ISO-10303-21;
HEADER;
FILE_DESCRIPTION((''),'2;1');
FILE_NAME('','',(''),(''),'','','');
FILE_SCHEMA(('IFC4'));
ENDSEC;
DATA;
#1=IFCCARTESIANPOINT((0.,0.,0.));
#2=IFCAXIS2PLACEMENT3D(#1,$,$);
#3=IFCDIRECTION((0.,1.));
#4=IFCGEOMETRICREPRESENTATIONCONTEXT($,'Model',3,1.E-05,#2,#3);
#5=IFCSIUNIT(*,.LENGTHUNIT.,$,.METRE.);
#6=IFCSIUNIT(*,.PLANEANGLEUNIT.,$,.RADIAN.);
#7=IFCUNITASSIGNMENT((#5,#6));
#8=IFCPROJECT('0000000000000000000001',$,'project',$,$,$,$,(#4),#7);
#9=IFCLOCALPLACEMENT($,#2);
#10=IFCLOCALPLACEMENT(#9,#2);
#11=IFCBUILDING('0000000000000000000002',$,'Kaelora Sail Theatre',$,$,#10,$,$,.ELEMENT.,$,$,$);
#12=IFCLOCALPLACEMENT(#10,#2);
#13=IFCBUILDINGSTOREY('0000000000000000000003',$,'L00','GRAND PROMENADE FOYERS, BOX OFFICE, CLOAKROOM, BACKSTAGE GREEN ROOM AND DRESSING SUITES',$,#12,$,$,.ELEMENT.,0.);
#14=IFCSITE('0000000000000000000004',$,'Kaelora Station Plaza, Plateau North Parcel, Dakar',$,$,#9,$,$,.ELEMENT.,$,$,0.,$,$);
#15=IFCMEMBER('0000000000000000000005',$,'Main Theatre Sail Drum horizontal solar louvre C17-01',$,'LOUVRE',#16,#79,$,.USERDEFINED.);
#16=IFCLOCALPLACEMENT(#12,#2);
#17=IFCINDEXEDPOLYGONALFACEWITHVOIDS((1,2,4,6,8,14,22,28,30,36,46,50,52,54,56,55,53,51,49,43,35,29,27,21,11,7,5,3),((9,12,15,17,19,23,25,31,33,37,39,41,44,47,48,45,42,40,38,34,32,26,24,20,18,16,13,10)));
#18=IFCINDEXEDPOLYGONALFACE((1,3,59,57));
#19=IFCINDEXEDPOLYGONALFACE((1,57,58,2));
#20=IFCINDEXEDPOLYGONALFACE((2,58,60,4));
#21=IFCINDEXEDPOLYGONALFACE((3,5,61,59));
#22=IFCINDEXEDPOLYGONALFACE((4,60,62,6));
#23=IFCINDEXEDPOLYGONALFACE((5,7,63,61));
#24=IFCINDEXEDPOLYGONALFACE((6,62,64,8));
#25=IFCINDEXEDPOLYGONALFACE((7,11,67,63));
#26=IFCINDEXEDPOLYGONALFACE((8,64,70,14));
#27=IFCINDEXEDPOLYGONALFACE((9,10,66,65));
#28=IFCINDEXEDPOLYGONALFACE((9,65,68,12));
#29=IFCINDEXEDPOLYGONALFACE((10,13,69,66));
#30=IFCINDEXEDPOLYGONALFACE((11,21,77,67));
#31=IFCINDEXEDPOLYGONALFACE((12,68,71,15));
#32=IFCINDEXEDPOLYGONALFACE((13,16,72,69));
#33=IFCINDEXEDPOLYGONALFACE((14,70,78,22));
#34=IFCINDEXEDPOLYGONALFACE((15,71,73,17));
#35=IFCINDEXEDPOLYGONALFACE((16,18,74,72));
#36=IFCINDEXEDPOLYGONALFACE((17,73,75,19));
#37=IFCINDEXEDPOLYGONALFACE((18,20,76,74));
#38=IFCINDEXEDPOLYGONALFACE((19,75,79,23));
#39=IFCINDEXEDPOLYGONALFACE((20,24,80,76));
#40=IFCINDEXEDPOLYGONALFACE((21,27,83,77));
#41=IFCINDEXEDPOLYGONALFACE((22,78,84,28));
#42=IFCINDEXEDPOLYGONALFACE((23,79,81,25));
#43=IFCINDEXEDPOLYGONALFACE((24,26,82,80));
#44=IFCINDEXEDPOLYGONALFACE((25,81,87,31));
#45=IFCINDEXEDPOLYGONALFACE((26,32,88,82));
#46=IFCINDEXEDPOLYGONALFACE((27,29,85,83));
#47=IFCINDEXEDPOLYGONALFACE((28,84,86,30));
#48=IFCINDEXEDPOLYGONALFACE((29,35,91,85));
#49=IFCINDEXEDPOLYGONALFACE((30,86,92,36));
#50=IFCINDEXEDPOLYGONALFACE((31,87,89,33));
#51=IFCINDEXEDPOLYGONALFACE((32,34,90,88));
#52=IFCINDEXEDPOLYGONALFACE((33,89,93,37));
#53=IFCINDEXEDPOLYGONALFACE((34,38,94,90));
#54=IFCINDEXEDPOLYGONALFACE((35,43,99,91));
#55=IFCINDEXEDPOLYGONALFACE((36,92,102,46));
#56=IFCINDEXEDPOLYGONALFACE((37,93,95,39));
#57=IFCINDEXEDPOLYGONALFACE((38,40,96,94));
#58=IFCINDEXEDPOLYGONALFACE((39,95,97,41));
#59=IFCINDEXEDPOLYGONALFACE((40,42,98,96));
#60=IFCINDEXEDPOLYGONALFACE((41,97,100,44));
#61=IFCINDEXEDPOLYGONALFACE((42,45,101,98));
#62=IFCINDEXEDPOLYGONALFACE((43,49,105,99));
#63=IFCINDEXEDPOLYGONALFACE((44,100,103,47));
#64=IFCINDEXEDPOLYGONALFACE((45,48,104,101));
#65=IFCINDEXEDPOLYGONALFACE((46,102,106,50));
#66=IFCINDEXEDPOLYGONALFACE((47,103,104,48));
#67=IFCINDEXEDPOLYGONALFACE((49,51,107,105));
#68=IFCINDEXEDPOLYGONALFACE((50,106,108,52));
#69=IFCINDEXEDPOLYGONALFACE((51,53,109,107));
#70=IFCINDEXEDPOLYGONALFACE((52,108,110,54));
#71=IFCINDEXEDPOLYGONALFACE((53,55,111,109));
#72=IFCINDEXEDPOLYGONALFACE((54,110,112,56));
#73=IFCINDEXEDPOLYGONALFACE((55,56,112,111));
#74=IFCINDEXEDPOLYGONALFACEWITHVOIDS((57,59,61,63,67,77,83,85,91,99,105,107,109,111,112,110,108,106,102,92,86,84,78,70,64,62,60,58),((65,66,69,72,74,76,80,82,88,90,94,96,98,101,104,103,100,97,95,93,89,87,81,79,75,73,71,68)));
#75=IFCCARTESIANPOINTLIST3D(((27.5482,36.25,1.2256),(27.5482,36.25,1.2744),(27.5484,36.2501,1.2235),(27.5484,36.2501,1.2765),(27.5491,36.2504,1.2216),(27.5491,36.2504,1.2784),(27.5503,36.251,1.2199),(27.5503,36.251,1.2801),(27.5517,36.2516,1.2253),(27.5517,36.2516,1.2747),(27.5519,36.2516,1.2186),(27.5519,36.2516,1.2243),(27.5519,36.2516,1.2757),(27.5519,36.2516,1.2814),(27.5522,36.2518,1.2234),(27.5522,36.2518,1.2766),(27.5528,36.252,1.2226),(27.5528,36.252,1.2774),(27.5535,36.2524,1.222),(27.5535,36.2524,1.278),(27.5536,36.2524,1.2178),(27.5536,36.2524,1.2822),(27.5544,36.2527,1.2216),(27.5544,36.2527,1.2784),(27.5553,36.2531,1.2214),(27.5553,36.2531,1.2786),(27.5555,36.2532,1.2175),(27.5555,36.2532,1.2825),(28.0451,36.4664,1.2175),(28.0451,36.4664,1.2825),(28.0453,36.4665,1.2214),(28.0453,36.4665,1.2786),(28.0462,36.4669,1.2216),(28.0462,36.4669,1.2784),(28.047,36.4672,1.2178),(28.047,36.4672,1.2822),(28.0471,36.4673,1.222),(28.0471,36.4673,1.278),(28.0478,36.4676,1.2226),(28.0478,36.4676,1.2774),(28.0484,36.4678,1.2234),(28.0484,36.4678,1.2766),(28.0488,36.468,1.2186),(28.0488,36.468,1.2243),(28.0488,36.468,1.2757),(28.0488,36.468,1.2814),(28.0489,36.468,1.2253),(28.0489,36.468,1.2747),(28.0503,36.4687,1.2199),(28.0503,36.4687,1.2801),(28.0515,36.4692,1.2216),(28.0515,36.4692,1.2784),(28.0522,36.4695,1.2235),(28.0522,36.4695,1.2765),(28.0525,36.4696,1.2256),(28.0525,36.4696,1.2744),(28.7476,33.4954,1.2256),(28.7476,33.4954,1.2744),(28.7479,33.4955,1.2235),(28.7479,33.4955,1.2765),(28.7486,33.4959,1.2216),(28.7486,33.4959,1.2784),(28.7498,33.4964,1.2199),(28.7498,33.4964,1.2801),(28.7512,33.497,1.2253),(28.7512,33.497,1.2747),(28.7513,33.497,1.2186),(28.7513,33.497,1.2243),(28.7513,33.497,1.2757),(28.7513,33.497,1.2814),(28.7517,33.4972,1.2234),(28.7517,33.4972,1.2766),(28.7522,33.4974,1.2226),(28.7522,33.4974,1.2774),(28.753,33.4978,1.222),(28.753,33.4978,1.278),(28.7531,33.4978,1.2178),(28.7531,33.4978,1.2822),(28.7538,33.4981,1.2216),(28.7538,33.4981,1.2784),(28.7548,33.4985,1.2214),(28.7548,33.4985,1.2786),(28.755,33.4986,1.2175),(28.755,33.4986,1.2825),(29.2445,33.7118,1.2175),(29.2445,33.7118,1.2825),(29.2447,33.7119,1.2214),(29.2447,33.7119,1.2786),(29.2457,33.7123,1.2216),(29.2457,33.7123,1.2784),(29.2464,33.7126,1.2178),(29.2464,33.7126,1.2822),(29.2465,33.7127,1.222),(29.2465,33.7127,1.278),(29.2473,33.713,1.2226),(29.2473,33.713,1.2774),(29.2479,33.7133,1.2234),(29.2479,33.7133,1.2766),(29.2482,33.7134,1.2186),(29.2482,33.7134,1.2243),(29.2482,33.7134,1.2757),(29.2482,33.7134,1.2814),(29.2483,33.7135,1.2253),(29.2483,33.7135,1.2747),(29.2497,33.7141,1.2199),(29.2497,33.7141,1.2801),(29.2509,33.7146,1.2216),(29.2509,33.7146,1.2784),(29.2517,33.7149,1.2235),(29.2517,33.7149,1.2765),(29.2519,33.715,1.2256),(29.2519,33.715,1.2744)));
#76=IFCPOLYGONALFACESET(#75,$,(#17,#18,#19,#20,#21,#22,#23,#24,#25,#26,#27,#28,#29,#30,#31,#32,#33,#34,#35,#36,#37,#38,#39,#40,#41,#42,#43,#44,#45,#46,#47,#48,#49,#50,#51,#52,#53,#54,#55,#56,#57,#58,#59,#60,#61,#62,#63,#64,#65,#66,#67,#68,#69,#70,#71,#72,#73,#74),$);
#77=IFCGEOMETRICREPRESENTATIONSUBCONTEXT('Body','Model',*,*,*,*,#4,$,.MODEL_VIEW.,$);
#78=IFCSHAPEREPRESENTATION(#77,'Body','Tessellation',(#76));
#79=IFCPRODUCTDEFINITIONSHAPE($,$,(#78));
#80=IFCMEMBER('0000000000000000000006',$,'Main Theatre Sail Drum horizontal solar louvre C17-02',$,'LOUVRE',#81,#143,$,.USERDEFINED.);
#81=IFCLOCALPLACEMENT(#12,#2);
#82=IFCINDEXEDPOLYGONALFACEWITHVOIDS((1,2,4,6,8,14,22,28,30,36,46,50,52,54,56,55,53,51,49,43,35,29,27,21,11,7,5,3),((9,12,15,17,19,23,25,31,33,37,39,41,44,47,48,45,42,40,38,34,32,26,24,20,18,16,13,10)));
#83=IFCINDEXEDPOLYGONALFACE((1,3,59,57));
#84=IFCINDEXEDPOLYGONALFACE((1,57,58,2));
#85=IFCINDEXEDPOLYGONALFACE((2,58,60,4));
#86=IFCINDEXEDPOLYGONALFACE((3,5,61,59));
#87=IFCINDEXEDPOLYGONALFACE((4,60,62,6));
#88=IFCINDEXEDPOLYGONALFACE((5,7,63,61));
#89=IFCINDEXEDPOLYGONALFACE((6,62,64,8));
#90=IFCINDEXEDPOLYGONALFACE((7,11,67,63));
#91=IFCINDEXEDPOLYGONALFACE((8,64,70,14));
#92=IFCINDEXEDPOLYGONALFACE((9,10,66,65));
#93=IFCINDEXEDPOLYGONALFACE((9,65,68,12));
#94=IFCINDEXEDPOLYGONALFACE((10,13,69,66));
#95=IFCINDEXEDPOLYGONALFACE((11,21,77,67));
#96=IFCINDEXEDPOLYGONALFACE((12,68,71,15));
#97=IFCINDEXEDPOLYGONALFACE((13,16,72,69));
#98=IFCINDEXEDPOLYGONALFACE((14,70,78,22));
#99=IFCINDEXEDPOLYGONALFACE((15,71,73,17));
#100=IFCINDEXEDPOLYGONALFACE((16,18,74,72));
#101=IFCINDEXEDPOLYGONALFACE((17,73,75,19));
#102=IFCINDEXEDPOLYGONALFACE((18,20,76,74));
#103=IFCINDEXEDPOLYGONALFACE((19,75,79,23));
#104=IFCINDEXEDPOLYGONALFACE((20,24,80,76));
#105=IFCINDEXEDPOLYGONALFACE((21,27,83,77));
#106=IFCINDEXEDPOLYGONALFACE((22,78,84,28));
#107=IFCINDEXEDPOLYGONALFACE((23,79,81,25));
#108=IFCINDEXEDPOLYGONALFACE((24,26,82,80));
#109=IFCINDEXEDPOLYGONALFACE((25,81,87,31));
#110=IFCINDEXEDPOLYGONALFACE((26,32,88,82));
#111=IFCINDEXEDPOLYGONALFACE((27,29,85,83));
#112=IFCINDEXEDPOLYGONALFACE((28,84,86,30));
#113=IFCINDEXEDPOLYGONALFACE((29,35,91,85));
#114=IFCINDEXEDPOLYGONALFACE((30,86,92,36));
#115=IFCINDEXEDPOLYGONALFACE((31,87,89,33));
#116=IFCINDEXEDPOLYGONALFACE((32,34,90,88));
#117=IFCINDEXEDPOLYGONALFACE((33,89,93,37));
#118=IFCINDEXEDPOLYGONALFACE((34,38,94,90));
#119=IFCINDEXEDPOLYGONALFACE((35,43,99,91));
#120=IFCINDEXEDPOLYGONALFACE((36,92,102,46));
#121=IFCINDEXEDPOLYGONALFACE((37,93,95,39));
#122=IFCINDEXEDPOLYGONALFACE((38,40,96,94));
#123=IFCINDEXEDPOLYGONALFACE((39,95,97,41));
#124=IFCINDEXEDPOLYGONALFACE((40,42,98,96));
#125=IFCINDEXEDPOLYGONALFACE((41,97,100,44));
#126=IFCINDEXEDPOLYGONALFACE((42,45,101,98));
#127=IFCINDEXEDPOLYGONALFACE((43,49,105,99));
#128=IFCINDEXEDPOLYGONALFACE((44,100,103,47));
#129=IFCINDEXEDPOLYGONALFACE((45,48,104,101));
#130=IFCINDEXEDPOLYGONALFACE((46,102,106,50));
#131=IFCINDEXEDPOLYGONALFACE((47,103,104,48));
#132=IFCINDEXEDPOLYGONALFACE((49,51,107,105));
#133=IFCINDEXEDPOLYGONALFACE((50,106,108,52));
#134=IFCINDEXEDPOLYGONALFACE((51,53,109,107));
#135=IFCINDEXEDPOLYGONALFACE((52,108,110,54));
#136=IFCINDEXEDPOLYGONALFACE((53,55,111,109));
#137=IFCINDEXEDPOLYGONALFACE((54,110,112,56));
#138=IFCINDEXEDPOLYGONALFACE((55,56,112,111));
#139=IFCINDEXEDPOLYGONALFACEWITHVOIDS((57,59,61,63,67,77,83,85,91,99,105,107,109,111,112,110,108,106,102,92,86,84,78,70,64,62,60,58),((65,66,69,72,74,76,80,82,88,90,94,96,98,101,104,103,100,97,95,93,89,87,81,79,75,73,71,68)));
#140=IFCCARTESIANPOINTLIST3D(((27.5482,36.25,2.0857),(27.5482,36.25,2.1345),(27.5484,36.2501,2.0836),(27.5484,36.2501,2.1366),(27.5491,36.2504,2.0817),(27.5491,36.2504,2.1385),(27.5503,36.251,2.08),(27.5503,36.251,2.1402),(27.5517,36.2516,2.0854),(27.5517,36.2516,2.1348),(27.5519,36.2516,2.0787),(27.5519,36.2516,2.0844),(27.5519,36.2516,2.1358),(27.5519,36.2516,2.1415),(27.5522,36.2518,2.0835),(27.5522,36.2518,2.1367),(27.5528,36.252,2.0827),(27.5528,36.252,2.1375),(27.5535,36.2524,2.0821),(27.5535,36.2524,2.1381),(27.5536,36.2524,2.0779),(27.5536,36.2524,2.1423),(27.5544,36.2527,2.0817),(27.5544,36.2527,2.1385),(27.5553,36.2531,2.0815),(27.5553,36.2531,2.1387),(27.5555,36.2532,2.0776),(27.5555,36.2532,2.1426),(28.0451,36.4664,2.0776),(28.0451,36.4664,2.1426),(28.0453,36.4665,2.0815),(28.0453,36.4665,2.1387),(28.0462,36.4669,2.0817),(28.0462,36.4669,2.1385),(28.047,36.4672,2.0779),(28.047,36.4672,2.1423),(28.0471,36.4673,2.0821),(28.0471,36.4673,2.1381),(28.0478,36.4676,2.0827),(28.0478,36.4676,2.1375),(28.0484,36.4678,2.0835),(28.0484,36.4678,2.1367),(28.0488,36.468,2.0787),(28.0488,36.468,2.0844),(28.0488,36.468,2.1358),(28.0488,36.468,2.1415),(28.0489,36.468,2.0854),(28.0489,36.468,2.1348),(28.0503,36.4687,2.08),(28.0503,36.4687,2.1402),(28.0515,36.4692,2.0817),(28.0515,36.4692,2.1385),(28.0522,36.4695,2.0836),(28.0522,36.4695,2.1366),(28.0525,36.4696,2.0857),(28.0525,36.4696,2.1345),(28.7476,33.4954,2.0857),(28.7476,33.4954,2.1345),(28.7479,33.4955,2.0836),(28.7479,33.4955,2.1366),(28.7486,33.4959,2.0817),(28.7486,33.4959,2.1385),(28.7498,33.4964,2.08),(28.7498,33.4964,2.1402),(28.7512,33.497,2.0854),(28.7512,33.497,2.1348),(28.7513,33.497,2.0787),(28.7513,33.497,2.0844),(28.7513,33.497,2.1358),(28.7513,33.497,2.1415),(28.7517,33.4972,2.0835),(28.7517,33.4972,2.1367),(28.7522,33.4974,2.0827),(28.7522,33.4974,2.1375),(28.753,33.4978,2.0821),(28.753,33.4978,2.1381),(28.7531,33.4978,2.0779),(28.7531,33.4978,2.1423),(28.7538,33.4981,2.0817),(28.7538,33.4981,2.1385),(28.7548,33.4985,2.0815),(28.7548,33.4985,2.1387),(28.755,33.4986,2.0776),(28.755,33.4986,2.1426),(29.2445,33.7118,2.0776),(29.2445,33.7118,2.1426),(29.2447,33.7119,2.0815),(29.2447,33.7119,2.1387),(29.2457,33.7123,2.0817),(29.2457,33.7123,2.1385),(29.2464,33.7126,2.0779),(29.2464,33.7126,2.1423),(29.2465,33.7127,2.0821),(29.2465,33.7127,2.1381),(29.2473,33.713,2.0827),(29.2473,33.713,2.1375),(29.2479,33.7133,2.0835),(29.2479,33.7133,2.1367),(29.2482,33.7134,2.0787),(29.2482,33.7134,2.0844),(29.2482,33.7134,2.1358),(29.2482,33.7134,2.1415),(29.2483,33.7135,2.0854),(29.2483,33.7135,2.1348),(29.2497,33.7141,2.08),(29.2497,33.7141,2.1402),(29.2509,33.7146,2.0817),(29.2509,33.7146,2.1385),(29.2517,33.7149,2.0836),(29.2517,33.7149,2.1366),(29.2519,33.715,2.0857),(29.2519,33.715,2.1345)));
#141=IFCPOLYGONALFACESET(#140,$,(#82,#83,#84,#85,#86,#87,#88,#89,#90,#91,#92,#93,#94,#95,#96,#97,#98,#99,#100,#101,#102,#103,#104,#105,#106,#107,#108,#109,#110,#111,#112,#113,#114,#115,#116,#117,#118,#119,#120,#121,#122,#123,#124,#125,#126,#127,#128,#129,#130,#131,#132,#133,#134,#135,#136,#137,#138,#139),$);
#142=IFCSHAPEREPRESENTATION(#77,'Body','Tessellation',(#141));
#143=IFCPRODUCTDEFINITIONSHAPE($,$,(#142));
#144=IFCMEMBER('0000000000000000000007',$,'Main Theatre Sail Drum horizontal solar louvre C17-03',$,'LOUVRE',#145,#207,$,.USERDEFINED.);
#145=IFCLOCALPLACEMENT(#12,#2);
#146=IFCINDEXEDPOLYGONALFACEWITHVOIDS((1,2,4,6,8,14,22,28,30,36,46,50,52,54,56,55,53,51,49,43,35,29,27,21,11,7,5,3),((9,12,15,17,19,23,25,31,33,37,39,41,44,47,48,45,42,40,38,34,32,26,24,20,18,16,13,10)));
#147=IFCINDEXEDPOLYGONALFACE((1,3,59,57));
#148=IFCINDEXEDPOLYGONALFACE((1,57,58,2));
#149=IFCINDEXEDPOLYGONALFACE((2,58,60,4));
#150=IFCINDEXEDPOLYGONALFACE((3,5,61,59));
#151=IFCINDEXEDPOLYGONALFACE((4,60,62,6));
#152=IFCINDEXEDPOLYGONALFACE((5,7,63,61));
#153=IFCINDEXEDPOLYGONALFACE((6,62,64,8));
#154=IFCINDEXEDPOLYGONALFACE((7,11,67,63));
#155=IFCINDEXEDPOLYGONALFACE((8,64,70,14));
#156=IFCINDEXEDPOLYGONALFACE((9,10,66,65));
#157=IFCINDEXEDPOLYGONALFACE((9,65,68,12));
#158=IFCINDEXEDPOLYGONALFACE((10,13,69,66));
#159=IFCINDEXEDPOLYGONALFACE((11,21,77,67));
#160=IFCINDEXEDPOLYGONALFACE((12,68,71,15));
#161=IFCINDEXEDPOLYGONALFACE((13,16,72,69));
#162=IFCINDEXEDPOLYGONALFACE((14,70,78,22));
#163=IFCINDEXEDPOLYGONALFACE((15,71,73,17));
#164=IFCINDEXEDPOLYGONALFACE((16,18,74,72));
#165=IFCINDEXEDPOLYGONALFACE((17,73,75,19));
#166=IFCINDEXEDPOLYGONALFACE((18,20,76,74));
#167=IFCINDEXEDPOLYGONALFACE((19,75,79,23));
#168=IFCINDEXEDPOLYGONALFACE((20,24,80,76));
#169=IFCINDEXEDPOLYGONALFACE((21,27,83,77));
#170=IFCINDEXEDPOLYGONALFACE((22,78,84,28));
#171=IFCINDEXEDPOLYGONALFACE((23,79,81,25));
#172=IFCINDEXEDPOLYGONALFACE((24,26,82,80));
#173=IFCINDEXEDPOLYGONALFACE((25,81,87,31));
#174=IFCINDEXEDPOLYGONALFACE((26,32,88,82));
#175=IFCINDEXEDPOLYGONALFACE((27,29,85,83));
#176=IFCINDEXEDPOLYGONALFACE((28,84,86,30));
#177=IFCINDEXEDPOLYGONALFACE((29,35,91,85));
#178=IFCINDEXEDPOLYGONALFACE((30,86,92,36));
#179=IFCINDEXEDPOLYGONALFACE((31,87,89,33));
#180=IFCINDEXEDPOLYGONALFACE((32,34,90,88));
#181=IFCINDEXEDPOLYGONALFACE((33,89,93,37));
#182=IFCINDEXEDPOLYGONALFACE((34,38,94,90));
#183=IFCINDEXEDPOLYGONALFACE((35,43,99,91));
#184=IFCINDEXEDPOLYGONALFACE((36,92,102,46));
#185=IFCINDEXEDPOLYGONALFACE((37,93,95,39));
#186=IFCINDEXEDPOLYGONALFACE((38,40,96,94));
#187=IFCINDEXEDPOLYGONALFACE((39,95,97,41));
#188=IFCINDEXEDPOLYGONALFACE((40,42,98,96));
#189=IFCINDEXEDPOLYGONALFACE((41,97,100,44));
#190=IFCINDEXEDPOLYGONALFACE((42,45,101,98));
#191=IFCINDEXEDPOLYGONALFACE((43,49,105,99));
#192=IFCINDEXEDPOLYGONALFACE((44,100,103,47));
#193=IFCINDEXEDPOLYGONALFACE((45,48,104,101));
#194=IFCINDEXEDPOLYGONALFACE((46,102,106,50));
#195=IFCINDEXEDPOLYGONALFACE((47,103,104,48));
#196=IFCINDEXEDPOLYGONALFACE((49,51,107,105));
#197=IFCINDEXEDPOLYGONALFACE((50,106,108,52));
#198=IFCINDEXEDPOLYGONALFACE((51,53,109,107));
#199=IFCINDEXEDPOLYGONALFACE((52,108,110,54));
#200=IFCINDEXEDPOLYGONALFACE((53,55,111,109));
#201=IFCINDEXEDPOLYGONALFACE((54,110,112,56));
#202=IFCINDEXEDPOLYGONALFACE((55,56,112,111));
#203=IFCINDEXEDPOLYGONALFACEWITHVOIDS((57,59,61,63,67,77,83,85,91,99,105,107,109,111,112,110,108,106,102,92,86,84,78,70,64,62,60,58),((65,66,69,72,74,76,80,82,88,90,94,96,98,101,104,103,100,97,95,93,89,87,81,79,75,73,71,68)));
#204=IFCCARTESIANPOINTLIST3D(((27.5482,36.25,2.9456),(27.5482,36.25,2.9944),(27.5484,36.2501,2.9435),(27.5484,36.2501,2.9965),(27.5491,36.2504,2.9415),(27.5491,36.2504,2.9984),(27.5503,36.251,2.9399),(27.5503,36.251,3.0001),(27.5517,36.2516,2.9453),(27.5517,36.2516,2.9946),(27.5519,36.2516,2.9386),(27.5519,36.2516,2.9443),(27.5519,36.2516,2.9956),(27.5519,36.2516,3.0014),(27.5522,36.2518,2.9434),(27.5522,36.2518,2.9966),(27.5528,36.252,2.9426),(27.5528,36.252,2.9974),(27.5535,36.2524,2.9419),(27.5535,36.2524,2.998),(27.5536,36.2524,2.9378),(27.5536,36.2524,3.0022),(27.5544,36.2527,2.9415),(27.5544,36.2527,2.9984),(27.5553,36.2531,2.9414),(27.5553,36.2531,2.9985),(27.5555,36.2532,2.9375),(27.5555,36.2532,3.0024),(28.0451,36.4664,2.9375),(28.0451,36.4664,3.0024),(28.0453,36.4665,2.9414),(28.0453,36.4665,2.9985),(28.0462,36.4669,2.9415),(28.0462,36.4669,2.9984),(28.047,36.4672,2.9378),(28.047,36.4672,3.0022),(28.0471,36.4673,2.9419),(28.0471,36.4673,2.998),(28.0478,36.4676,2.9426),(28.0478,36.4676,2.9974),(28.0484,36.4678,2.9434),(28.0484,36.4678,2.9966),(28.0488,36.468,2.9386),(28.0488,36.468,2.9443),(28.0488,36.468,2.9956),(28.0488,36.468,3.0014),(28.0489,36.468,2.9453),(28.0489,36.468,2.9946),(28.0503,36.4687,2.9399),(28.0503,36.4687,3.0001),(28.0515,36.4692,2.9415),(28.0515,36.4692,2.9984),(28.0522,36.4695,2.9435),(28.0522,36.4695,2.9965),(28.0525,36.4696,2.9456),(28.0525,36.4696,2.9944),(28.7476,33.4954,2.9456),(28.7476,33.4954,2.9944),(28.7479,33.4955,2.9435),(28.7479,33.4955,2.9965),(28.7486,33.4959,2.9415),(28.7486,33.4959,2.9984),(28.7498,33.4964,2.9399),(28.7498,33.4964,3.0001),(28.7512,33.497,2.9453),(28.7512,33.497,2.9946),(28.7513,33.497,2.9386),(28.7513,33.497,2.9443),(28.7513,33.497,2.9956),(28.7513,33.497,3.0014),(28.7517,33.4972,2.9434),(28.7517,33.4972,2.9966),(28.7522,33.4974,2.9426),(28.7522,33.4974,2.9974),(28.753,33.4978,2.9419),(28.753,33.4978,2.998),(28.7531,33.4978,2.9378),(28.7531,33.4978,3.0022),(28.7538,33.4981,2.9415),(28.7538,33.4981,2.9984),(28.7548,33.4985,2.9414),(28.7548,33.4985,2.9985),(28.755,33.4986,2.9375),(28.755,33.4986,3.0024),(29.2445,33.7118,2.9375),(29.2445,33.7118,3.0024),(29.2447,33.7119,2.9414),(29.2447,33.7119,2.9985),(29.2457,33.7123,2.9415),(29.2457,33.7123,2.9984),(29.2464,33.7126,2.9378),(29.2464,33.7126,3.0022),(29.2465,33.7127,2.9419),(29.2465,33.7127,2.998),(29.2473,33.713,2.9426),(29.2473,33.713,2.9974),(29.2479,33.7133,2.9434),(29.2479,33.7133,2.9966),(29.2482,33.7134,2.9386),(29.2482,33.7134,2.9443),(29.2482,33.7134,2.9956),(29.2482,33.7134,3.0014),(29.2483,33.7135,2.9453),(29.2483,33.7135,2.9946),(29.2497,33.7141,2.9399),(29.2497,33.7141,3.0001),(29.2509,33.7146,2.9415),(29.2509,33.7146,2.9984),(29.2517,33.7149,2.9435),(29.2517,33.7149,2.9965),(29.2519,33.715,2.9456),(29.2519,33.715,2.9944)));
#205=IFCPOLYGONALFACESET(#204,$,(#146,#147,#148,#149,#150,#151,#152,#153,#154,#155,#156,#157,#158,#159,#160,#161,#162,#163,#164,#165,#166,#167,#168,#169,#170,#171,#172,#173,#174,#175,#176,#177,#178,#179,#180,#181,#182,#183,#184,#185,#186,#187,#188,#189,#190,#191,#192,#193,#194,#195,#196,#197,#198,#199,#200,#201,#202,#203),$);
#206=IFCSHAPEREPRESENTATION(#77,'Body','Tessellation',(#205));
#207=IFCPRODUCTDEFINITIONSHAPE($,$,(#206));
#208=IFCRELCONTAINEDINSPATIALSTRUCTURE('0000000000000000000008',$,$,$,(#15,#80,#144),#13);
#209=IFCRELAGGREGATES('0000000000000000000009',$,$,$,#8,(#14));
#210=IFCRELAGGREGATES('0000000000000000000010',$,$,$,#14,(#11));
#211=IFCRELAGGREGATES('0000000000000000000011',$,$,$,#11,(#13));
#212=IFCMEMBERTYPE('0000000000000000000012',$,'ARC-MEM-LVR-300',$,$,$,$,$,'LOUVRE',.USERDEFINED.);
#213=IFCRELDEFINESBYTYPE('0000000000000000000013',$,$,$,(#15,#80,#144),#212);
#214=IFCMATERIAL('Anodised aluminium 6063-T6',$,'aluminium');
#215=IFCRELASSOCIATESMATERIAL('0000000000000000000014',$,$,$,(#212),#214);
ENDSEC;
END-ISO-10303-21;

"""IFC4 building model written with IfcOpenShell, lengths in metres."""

from ifc_helpers import new_model, si_unit, direction, frame, origin, origin_2d, place, context, subcontext, project, spatial, hollow_rectangle, extrude, material, material_profile, profile_set, type_object, element, save


model = new_model("IFC4")

# Units and contexts
model_context = context("Model", 3, precision=1e-05, world=origin(), true_north=direction((0.0, 1.0)))
body_context = subcontext(model_context, "Body", "Model", "MODEL_VIEW")
ifc_project = project(units=[si_unit("LENGTHUNIT", "METRE"), si_unit("PLANEANGLEUNIT", "RADIAN")], contexts=[model_context])

# Site, building, storey
site_placement = place(None, origin())
site = spatial("IfcSite", under=ifc_project, at=site_placement, Name="Kaelora Station Plaza, Plateau North Parcel, Dakar", CompositionType="ELEMENT", RefElevation=0.0)
building_placement = place(site_placement, origin())
building = spatial("IfcBuilding", under=site, at=building_placement, Name="Kaelora Sail Theatre", CompositionType="ELEMENT")
storey_placement = place(building_placement, origin())
storey = spatial("IfcBuildingStorey", under=building, at=storey_placement, Name="L00", Description="GRAND PROMENADE FOYERS, BOX OFFICE, CLOAKROOM, BACKSTAGE GREEN ROOM AND DRESSING SUITES", CompositionType="ELEMENT", Elevation=0.0)

# Members
ifc_material_1 = material(Name="Anodised aluminium 6063-T6", Category="aluminium")
ifc_material_profile_1 = material_profile(ifc_material_1, hollow_rectangle(XDim=0.55, YDim=0.0649, WallThickness=0.0039, InnerFilletRadius=0.0039, OuterFilletRadius=0.0081, at=origin_2d()), Name="LOUVRE 550x65x4")
ifc_profile_set_1 = profile_set([ifc_material_profile_1], Name="Anodised aluminium 6063-T6")
member_type_1 = type_object("IfcMemberType", Name="ARC-MEM-LVR-300", ElementType="LOUVRE", PredefinedType="USERDEFINED", material=ifc_profile_set_1)
for number, where, z_axis, x_axis, name in (
    (1, (28.9998, 33.6052, 1.25), (-0.399228, 0.916852, 0.0), (-0.916852, -0.399228, 0.0), "Main Theatre Sail Drum horizontal solar louvre C17-01"),
    (2, (28.9998, 33.6052, 2.1101), (-0.399228, 0.916852, 0.0), (-0.916852, -0.399228, 0.0), "Main Theatre Sail Drum horizontal solar louvre C17-02"),
    (3, (28.9998, 33.6052, 2.97), (-0.399228, 0.916852, 0.0), (-0.916852, -0.399228, 0.0), "Main Theatre Sail Drum horizontal solar louvre C17-03"),
):
    element("IfcMember", number, at=place(storey_placement, frame(where, z_axis=z_axis, x_axis=x_axis)), inside=storey, type_object=member_type_1, Name=name, ObjectType="LOUVRE", PredefinedType="USERDEFINED", context=body_context, shape_type="SweptSolid", body=[
        extrude(hollow_rectangle(XDim=0.55, YDim=0.0649, WallThickness=0.0039, InnerFilletRadius=0.0039, OuterFilletRadius=0.0081, at=origin_2d()), origin(), (0.0, 0.0, 1.0), 3.0044),
    ])

save(model, "model.ifc")
